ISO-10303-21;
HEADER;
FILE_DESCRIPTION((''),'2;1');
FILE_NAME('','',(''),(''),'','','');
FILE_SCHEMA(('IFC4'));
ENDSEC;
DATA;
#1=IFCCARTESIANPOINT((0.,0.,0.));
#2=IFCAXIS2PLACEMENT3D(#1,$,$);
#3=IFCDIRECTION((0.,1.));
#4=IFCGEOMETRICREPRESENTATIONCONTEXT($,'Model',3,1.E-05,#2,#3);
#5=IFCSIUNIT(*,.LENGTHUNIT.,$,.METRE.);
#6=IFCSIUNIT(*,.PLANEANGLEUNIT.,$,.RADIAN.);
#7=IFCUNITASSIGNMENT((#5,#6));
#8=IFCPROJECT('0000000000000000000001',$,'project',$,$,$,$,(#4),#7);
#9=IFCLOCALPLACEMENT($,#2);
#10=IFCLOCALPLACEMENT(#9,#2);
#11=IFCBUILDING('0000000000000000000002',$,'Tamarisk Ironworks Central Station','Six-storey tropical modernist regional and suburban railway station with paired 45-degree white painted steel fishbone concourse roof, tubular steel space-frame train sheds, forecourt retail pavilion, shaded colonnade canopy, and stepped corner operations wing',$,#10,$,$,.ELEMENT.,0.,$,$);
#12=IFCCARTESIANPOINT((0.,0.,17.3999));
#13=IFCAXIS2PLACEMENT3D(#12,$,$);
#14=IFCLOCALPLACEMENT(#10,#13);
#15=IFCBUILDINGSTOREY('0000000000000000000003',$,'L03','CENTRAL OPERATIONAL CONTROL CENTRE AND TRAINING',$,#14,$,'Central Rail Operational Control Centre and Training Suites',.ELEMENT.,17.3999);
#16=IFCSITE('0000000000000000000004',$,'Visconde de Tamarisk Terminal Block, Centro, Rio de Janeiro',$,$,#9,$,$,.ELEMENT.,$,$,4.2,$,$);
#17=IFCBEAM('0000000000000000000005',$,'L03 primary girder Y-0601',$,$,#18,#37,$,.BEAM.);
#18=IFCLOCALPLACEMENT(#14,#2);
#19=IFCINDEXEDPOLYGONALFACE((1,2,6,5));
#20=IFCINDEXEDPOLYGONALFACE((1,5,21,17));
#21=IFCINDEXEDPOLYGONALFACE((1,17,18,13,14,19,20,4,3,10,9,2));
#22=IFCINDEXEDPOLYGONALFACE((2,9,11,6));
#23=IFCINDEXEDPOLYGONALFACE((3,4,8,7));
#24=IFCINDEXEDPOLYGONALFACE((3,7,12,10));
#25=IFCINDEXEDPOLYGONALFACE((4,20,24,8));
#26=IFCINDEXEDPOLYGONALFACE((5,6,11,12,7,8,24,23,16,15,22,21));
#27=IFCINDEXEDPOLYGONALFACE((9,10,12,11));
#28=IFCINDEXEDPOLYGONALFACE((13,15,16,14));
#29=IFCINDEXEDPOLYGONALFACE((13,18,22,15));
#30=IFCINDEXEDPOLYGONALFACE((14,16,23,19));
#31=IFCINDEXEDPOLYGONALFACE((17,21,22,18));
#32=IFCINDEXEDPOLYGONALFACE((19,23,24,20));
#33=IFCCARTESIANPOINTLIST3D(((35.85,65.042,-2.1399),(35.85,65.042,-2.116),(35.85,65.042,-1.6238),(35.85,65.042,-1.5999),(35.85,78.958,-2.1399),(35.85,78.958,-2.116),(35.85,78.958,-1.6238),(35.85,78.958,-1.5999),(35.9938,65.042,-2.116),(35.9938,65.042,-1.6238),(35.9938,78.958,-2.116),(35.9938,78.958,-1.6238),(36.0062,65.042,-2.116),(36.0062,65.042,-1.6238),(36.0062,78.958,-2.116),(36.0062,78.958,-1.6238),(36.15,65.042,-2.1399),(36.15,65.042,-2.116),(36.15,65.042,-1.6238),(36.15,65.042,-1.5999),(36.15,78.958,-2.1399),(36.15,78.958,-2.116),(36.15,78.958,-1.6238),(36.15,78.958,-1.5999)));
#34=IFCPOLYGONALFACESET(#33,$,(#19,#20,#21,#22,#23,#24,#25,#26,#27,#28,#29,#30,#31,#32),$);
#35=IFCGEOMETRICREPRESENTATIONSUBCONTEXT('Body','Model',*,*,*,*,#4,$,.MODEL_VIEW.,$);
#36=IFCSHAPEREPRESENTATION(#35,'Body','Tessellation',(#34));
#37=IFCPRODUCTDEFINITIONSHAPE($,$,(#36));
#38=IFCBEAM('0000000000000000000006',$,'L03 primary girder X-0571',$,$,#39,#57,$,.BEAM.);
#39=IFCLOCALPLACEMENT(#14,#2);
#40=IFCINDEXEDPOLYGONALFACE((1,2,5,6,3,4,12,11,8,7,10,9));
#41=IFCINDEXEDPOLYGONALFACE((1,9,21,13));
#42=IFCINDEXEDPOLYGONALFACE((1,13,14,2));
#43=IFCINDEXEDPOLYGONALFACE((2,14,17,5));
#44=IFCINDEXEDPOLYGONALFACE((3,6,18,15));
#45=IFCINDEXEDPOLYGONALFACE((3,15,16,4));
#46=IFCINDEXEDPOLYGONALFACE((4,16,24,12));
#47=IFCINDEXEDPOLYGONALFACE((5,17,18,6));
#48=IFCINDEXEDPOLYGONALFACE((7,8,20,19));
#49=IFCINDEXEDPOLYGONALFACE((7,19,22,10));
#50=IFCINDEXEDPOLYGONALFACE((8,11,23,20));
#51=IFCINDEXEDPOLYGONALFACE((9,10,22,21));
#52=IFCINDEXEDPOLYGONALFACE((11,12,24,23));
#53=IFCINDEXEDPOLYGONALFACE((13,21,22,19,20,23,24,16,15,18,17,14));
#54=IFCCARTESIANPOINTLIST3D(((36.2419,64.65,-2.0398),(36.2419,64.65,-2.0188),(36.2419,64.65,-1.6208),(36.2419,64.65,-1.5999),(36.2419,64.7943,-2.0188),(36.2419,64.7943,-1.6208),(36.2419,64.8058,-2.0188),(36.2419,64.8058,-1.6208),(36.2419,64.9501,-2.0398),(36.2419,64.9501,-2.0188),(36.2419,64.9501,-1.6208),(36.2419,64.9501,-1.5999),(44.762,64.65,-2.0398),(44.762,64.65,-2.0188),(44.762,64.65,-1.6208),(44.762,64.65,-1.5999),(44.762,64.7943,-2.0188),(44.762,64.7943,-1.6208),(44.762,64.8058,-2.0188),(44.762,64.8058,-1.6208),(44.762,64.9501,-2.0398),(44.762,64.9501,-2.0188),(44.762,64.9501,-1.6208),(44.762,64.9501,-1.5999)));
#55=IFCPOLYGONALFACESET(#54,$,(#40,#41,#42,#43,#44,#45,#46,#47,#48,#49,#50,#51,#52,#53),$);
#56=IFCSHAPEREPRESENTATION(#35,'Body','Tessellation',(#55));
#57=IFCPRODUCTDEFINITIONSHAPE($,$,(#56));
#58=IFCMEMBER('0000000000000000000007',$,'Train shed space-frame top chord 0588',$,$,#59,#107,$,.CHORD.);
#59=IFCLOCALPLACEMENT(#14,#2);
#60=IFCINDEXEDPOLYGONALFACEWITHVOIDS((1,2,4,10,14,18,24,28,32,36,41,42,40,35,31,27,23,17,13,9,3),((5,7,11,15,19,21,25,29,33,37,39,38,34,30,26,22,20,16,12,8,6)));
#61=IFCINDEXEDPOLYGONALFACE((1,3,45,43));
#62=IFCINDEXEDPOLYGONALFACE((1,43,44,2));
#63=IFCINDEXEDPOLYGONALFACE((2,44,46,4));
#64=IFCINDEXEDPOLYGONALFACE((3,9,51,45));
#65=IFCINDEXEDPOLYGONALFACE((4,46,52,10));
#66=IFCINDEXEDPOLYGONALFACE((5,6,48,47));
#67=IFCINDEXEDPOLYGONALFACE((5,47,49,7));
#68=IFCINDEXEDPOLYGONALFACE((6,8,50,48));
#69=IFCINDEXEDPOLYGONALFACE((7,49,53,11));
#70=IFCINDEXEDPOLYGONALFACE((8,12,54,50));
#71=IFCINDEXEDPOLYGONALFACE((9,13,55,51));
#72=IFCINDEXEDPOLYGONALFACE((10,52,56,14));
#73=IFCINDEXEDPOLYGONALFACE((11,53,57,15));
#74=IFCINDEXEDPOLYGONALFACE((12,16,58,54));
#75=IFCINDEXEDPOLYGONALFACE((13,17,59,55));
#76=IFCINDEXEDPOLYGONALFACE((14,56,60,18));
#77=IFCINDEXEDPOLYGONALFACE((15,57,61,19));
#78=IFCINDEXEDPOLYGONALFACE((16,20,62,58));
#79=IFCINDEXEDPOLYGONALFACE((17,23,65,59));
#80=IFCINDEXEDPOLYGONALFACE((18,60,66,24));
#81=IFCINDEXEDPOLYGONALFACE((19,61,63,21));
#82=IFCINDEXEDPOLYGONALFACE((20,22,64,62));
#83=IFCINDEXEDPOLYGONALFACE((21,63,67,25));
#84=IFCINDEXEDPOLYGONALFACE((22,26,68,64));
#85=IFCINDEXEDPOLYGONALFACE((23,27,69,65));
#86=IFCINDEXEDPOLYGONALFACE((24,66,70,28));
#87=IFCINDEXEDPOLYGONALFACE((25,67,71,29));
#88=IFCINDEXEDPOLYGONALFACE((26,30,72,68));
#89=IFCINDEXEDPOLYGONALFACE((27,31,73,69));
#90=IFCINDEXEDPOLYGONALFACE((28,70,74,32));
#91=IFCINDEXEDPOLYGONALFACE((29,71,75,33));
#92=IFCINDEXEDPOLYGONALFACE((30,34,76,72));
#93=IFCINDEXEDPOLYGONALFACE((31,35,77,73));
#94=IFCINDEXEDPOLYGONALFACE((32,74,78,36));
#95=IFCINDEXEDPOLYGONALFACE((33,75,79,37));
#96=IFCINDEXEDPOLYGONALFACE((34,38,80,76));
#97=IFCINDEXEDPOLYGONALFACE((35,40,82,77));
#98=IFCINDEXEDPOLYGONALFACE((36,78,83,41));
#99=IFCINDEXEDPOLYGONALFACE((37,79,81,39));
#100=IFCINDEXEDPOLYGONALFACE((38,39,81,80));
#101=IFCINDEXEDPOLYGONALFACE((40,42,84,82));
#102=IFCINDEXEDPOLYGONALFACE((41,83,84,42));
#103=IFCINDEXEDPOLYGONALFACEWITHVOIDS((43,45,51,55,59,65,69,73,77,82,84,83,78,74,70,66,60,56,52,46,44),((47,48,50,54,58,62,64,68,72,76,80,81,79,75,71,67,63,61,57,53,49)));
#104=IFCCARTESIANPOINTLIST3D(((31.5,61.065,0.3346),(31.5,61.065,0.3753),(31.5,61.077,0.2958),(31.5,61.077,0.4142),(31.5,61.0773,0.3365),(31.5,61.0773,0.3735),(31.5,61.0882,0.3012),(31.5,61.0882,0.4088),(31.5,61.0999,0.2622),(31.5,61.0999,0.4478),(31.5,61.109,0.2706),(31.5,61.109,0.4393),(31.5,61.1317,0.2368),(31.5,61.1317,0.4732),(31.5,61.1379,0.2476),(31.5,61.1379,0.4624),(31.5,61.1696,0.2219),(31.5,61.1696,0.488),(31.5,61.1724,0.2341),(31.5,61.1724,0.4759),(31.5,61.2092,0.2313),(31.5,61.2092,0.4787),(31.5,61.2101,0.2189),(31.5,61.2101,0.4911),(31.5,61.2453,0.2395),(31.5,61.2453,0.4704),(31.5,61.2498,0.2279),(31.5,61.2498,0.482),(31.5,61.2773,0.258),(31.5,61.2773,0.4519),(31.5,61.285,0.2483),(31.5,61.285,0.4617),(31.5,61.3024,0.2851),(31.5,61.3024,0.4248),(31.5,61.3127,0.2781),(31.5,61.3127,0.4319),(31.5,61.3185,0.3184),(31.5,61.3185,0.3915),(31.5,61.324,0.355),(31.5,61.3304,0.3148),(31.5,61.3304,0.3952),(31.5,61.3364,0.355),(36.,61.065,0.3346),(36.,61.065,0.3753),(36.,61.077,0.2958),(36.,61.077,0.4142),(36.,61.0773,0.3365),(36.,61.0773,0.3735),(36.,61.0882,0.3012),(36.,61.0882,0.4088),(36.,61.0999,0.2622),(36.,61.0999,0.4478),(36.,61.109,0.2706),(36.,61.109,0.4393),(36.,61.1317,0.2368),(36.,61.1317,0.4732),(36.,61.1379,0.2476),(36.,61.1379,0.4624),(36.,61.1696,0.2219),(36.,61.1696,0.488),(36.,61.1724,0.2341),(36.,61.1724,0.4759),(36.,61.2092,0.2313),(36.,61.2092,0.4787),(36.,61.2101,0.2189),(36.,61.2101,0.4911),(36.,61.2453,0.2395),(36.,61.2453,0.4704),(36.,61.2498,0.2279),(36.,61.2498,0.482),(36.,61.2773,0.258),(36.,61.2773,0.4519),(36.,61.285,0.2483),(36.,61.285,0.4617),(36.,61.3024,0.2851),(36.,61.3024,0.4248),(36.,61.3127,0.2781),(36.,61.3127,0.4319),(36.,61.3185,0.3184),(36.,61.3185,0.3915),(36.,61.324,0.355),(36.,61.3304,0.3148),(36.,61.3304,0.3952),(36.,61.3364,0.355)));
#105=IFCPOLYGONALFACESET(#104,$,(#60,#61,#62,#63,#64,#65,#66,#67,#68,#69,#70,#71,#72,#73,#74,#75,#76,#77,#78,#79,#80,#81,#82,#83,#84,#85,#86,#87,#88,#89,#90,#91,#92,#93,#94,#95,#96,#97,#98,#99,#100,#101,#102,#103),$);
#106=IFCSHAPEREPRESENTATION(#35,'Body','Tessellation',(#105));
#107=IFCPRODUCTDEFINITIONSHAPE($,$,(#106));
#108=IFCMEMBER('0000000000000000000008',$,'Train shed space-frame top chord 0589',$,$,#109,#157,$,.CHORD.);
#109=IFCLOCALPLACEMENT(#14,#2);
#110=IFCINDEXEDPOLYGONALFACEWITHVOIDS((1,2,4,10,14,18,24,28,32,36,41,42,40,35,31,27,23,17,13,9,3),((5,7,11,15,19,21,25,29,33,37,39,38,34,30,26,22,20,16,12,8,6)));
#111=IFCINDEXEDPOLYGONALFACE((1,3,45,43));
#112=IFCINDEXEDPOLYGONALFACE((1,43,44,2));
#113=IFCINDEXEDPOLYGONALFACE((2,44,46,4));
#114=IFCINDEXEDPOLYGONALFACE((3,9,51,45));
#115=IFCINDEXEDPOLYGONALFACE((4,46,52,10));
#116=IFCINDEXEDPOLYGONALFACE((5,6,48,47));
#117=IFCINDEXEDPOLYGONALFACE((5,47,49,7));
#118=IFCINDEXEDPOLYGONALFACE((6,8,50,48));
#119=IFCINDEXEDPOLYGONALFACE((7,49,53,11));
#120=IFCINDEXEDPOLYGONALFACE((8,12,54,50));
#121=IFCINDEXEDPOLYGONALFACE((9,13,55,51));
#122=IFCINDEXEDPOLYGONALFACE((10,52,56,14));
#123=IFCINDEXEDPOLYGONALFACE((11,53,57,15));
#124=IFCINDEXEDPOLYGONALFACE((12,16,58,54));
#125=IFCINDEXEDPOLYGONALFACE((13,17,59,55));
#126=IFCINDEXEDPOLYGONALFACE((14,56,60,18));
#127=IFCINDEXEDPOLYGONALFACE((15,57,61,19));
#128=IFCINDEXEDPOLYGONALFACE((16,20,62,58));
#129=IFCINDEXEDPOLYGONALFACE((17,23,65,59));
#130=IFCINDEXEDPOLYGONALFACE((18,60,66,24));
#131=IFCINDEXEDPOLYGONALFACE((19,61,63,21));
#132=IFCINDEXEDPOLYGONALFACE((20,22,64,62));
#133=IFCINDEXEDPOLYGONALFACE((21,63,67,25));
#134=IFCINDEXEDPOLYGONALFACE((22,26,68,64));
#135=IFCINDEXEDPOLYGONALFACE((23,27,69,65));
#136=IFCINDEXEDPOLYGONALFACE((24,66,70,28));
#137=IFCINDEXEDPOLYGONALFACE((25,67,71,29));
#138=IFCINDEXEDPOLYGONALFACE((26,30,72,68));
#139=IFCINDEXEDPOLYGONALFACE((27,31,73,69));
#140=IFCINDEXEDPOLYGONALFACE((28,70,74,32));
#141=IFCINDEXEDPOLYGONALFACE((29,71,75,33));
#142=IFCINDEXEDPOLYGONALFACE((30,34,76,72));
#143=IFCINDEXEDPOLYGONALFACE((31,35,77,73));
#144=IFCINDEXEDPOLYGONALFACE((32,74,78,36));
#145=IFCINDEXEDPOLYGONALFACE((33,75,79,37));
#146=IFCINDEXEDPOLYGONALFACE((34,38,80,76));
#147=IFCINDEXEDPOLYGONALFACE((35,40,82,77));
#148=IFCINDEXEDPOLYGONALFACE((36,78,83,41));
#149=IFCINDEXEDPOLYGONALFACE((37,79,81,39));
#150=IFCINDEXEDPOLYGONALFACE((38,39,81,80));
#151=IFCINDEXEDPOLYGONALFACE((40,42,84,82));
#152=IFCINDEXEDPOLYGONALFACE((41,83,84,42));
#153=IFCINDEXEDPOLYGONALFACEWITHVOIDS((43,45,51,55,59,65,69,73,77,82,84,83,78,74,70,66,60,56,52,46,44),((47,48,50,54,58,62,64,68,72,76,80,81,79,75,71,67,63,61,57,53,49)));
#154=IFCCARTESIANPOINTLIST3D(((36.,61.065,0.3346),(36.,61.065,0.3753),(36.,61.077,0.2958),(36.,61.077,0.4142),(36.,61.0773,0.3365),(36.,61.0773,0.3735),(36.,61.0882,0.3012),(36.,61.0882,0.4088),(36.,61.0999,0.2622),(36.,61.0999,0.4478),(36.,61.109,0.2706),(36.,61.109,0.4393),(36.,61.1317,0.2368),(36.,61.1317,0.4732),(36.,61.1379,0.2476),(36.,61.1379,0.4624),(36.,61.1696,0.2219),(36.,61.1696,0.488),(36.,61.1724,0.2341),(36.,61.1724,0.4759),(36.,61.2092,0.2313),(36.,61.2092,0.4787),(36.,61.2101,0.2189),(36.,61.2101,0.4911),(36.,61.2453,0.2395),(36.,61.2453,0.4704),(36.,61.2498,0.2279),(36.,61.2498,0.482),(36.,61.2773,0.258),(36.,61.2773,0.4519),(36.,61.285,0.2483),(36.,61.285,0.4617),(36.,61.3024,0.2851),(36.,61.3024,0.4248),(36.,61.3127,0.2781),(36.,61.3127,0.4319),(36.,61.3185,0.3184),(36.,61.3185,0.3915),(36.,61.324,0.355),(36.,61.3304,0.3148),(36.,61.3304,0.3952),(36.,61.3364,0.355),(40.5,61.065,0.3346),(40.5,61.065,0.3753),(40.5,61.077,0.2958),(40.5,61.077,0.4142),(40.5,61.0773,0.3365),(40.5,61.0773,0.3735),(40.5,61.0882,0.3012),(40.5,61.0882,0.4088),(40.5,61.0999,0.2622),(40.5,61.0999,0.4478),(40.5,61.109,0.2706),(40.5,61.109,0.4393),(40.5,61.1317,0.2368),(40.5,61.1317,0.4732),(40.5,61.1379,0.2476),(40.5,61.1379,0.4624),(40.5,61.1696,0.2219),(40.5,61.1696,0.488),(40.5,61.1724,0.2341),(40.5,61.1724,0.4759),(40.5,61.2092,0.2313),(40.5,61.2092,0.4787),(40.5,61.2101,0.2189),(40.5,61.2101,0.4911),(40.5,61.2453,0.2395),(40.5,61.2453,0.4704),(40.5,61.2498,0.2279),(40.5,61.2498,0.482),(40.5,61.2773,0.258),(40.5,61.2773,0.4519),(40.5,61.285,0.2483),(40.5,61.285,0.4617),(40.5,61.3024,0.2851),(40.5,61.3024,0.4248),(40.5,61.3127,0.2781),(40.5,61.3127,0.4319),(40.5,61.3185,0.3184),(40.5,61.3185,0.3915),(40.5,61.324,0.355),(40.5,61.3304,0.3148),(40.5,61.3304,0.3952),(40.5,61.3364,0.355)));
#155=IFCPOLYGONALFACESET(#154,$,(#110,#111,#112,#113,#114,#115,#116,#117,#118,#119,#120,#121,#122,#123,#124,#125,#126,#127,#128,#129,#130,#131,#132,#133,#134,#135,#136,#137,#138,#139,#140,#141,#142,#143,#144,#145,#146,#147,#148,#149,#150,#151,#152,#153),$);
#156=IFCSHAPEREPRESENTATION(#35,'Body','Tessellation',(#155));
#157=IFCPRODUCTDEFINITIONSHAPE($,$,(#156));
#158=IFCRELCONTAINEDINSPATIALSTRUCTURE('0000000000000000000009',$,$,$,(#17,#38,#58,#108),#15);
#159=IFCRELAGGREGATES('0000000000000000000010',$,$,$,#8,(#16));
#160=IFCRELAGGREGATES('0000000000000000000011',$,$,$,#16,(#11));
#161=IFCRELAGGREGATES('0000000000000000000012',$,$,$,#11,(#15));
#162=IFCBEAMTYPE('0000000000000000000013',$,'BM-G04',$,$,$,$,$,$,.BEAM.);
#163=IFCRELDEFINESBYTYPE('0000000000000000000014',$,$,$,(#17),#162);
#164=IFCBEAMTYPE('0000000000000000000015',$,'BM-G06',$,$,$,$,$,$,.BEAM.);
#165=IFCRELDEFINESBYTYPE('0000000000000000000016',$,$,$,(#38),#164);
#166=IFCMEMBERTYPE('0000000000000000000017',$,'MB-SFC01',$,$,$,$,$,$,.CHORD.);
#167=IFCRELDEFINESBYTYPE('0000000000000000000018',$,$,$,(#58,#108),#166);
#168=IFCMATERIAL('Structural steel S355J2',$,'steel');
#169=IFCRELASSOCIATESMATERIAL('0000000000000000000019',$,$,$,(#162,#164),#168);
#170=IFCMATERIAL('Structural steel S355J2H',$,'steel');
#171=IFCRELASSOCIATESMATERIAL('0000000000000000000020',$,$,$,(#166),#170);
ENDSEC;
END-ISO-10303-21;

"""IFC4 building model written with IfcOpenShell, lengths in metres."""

from ifc_helpers import new_model, si_unit, direction, frame, origin, origin_2d, place, context, subcontext, project, spatial, hollow_circle, i_section, extrude, material, material_profile, profile_set, type_object, element, save


model = new_model("IFC4")

# Units and contexts
model_context = context("Model", 3, precision=1e-05, world=origin(), true_north=direction((0.0, 1.0)))
body_context = subcontext(model_context, "Body", "Model", "MODEL_VIEW")
ifc_project = project(units=[si_unit("LENGTHUNIT", "METRE"), si_unit("PLANEANGLEUNIT", "RADIAN")], contexts=[model_context])

# Site, building, storey
site_placement = place(None, origin())
site = spatial("IfcSite", under=ifc_project, at=site_placement, Name="Visconde de Tamarisk Terminal Block, Centro, Rio de Janeiro", CompositionType="ELEMENT", RefElevation=4.2)
building_placement = place(site_placement, origin())
building = spatial("IfcBuilding", under=site, at=building_placement, Name="Tamarisk Ironworks Central Station", Description="Six-storey tropical modernist regional and suburban railway station with paired 45-degree white painted steel fishbone concourse roof, tubular steel space-frame train sheds, forecourt retail pavilion, shaded colonnade canopy, and stepped corner operations wing", CompositionType="ELEMENT", ElevationOfRefHeight=0.0)
storey_placement = place(building_placement, frame((0.0, 0.0, 17.3999)))
storey = spatial("IfcBuildingStorey", under=building, at=storey_placement, Name="L03", Description="CENTRAL OPERATIONAL CONTROL CENTRE AND TRAINING", LongName="Central Rail Operational Control Centre and Training Suites", CompositionType="ELEMENT", Elevation=17.3999)

# Beams
ifc_material_1 = material(Name="Structural steel S355J2", Category="steel")
ifc_material_profile_1 = material_profile(ifc_material_1, i_section(OverallWidth=0.3, OverallDepth=0.54, WebThickness=0.0125, FlangeThickness=0.0239, at=origin_2d()), Name="HEA 550")
ifc_profile_set_1 = profile_set([ifc_material_profile_1], Name="Structural steel S355J2")
beam_type_1 = type_object("IfcBeamType", Name="BM-G04", PredefinedType="BEAM", material=ifc_profile_set_1)
beam_1_placement = place(storey_placement, frame((36.0, 65.042, -1.8699), z_axis=(0.0, 1.0, 0.0), x_axis=(-1.0, 0.0, 0.0)))
element("IfcBeam", 1, at=beam_1_placement, inside=storey, type_object=beam_type_1, Name="L03 primary girder Y-0601", PredefinedType="BEAM", context=body_context, shape_type="SweptSolid", body=[
    extrude(i_section(OverallWidth=0.3, OverallDepth=0.54, WebThickness=0.0125, FlangeThickness=0.0239, at=origin_2d()), origin(), (0.0, 0.0, 1.0), 13.916),
])
ifc_material_profile_2 = material_profile(ifc_material_1, i_section(OverallWidth=0.3, OverallDepth=0.4399, WebThickness=0.0115, FlangeThickness=0.021, at=origin_2d()), Name="HEA 450")
ifc_profile_set_2 = profile_set([ifc_material_profile_2], Name="Structural steel S355J2")
beam_type_2 = type_object("IfcBeamType", Name="BM-G06", PredefinedType="BEAM", material=ifc_profile_set_2)
beam_2_placement = place(storey_placement, frame((36.2419, 64.8, -1.8198), z_axis=(1.0, 0.0, 0.0), x_axis=(0.0, 1.0, 0.0)))
element("IfcBeam", 2, at=beam_2_placement, inside=storey, type_object=beam_type_2, Name="L03 primary girder X-0571", PredefinedType="BEAM", context=body_context, shape_type="SweptSolid", body=[
    extrude(i_section(OverallWidth=0.3, OverallDepth=0.4399, WebThickness=0.0115, FlangeThickness=0.021, at=origin_2d()), origin(), (0.0, 0.0, 1.0), 8.52),
])

# Members
ifc_material_2 = material(Name="Structural steel S355J2H", Category="steel")
ifc_material_profile_3 = material_profile(ifc_material_2, hollow_circle(Radius=0.1365, WallThickness=0.0125, at=origin_2d()), Name="CHS 273x12.5")
ifc_profile_set_3 = profile_set([ifc_material_profile_3], Name="Structural steel S355J2H")
member_type_1 = type_object("IfcMemberType", Name="MB-SFC01", PredefinedType="CHORD", material=ifc_profile_set_3)
for number, where, z_axis, x_axis, name in (
    (3, (31.5, 61.2, 0.355), (1.0, 0.0, 0.0), (0.0, 1.0, 0.0), "Train shed space-frame top chord 0588"),
    (4, (36.0, 61.2, 0.355), (1.0, 0.0, 0.0), (0.0, 1.0, 0.0), "Train shed space-frame top chord 0589"),
):
    element("IfcMember", number, at=place(storey_placement, frame(where, z_axis=z_axis, x_axis=x_axis)), inside=storey, type_object=member_type_1, Name=name, PredefinedType="CHORD", context=body_context, shape_type="SweptSolid", body=[
        extrude(hollow_circle(Radius=0.1365, WallThickness=0.0125, at=origin_2d()), origin(), (0.0, 0.0, 1.0), 4.5),
    ])

save(model, "model.ifc")
